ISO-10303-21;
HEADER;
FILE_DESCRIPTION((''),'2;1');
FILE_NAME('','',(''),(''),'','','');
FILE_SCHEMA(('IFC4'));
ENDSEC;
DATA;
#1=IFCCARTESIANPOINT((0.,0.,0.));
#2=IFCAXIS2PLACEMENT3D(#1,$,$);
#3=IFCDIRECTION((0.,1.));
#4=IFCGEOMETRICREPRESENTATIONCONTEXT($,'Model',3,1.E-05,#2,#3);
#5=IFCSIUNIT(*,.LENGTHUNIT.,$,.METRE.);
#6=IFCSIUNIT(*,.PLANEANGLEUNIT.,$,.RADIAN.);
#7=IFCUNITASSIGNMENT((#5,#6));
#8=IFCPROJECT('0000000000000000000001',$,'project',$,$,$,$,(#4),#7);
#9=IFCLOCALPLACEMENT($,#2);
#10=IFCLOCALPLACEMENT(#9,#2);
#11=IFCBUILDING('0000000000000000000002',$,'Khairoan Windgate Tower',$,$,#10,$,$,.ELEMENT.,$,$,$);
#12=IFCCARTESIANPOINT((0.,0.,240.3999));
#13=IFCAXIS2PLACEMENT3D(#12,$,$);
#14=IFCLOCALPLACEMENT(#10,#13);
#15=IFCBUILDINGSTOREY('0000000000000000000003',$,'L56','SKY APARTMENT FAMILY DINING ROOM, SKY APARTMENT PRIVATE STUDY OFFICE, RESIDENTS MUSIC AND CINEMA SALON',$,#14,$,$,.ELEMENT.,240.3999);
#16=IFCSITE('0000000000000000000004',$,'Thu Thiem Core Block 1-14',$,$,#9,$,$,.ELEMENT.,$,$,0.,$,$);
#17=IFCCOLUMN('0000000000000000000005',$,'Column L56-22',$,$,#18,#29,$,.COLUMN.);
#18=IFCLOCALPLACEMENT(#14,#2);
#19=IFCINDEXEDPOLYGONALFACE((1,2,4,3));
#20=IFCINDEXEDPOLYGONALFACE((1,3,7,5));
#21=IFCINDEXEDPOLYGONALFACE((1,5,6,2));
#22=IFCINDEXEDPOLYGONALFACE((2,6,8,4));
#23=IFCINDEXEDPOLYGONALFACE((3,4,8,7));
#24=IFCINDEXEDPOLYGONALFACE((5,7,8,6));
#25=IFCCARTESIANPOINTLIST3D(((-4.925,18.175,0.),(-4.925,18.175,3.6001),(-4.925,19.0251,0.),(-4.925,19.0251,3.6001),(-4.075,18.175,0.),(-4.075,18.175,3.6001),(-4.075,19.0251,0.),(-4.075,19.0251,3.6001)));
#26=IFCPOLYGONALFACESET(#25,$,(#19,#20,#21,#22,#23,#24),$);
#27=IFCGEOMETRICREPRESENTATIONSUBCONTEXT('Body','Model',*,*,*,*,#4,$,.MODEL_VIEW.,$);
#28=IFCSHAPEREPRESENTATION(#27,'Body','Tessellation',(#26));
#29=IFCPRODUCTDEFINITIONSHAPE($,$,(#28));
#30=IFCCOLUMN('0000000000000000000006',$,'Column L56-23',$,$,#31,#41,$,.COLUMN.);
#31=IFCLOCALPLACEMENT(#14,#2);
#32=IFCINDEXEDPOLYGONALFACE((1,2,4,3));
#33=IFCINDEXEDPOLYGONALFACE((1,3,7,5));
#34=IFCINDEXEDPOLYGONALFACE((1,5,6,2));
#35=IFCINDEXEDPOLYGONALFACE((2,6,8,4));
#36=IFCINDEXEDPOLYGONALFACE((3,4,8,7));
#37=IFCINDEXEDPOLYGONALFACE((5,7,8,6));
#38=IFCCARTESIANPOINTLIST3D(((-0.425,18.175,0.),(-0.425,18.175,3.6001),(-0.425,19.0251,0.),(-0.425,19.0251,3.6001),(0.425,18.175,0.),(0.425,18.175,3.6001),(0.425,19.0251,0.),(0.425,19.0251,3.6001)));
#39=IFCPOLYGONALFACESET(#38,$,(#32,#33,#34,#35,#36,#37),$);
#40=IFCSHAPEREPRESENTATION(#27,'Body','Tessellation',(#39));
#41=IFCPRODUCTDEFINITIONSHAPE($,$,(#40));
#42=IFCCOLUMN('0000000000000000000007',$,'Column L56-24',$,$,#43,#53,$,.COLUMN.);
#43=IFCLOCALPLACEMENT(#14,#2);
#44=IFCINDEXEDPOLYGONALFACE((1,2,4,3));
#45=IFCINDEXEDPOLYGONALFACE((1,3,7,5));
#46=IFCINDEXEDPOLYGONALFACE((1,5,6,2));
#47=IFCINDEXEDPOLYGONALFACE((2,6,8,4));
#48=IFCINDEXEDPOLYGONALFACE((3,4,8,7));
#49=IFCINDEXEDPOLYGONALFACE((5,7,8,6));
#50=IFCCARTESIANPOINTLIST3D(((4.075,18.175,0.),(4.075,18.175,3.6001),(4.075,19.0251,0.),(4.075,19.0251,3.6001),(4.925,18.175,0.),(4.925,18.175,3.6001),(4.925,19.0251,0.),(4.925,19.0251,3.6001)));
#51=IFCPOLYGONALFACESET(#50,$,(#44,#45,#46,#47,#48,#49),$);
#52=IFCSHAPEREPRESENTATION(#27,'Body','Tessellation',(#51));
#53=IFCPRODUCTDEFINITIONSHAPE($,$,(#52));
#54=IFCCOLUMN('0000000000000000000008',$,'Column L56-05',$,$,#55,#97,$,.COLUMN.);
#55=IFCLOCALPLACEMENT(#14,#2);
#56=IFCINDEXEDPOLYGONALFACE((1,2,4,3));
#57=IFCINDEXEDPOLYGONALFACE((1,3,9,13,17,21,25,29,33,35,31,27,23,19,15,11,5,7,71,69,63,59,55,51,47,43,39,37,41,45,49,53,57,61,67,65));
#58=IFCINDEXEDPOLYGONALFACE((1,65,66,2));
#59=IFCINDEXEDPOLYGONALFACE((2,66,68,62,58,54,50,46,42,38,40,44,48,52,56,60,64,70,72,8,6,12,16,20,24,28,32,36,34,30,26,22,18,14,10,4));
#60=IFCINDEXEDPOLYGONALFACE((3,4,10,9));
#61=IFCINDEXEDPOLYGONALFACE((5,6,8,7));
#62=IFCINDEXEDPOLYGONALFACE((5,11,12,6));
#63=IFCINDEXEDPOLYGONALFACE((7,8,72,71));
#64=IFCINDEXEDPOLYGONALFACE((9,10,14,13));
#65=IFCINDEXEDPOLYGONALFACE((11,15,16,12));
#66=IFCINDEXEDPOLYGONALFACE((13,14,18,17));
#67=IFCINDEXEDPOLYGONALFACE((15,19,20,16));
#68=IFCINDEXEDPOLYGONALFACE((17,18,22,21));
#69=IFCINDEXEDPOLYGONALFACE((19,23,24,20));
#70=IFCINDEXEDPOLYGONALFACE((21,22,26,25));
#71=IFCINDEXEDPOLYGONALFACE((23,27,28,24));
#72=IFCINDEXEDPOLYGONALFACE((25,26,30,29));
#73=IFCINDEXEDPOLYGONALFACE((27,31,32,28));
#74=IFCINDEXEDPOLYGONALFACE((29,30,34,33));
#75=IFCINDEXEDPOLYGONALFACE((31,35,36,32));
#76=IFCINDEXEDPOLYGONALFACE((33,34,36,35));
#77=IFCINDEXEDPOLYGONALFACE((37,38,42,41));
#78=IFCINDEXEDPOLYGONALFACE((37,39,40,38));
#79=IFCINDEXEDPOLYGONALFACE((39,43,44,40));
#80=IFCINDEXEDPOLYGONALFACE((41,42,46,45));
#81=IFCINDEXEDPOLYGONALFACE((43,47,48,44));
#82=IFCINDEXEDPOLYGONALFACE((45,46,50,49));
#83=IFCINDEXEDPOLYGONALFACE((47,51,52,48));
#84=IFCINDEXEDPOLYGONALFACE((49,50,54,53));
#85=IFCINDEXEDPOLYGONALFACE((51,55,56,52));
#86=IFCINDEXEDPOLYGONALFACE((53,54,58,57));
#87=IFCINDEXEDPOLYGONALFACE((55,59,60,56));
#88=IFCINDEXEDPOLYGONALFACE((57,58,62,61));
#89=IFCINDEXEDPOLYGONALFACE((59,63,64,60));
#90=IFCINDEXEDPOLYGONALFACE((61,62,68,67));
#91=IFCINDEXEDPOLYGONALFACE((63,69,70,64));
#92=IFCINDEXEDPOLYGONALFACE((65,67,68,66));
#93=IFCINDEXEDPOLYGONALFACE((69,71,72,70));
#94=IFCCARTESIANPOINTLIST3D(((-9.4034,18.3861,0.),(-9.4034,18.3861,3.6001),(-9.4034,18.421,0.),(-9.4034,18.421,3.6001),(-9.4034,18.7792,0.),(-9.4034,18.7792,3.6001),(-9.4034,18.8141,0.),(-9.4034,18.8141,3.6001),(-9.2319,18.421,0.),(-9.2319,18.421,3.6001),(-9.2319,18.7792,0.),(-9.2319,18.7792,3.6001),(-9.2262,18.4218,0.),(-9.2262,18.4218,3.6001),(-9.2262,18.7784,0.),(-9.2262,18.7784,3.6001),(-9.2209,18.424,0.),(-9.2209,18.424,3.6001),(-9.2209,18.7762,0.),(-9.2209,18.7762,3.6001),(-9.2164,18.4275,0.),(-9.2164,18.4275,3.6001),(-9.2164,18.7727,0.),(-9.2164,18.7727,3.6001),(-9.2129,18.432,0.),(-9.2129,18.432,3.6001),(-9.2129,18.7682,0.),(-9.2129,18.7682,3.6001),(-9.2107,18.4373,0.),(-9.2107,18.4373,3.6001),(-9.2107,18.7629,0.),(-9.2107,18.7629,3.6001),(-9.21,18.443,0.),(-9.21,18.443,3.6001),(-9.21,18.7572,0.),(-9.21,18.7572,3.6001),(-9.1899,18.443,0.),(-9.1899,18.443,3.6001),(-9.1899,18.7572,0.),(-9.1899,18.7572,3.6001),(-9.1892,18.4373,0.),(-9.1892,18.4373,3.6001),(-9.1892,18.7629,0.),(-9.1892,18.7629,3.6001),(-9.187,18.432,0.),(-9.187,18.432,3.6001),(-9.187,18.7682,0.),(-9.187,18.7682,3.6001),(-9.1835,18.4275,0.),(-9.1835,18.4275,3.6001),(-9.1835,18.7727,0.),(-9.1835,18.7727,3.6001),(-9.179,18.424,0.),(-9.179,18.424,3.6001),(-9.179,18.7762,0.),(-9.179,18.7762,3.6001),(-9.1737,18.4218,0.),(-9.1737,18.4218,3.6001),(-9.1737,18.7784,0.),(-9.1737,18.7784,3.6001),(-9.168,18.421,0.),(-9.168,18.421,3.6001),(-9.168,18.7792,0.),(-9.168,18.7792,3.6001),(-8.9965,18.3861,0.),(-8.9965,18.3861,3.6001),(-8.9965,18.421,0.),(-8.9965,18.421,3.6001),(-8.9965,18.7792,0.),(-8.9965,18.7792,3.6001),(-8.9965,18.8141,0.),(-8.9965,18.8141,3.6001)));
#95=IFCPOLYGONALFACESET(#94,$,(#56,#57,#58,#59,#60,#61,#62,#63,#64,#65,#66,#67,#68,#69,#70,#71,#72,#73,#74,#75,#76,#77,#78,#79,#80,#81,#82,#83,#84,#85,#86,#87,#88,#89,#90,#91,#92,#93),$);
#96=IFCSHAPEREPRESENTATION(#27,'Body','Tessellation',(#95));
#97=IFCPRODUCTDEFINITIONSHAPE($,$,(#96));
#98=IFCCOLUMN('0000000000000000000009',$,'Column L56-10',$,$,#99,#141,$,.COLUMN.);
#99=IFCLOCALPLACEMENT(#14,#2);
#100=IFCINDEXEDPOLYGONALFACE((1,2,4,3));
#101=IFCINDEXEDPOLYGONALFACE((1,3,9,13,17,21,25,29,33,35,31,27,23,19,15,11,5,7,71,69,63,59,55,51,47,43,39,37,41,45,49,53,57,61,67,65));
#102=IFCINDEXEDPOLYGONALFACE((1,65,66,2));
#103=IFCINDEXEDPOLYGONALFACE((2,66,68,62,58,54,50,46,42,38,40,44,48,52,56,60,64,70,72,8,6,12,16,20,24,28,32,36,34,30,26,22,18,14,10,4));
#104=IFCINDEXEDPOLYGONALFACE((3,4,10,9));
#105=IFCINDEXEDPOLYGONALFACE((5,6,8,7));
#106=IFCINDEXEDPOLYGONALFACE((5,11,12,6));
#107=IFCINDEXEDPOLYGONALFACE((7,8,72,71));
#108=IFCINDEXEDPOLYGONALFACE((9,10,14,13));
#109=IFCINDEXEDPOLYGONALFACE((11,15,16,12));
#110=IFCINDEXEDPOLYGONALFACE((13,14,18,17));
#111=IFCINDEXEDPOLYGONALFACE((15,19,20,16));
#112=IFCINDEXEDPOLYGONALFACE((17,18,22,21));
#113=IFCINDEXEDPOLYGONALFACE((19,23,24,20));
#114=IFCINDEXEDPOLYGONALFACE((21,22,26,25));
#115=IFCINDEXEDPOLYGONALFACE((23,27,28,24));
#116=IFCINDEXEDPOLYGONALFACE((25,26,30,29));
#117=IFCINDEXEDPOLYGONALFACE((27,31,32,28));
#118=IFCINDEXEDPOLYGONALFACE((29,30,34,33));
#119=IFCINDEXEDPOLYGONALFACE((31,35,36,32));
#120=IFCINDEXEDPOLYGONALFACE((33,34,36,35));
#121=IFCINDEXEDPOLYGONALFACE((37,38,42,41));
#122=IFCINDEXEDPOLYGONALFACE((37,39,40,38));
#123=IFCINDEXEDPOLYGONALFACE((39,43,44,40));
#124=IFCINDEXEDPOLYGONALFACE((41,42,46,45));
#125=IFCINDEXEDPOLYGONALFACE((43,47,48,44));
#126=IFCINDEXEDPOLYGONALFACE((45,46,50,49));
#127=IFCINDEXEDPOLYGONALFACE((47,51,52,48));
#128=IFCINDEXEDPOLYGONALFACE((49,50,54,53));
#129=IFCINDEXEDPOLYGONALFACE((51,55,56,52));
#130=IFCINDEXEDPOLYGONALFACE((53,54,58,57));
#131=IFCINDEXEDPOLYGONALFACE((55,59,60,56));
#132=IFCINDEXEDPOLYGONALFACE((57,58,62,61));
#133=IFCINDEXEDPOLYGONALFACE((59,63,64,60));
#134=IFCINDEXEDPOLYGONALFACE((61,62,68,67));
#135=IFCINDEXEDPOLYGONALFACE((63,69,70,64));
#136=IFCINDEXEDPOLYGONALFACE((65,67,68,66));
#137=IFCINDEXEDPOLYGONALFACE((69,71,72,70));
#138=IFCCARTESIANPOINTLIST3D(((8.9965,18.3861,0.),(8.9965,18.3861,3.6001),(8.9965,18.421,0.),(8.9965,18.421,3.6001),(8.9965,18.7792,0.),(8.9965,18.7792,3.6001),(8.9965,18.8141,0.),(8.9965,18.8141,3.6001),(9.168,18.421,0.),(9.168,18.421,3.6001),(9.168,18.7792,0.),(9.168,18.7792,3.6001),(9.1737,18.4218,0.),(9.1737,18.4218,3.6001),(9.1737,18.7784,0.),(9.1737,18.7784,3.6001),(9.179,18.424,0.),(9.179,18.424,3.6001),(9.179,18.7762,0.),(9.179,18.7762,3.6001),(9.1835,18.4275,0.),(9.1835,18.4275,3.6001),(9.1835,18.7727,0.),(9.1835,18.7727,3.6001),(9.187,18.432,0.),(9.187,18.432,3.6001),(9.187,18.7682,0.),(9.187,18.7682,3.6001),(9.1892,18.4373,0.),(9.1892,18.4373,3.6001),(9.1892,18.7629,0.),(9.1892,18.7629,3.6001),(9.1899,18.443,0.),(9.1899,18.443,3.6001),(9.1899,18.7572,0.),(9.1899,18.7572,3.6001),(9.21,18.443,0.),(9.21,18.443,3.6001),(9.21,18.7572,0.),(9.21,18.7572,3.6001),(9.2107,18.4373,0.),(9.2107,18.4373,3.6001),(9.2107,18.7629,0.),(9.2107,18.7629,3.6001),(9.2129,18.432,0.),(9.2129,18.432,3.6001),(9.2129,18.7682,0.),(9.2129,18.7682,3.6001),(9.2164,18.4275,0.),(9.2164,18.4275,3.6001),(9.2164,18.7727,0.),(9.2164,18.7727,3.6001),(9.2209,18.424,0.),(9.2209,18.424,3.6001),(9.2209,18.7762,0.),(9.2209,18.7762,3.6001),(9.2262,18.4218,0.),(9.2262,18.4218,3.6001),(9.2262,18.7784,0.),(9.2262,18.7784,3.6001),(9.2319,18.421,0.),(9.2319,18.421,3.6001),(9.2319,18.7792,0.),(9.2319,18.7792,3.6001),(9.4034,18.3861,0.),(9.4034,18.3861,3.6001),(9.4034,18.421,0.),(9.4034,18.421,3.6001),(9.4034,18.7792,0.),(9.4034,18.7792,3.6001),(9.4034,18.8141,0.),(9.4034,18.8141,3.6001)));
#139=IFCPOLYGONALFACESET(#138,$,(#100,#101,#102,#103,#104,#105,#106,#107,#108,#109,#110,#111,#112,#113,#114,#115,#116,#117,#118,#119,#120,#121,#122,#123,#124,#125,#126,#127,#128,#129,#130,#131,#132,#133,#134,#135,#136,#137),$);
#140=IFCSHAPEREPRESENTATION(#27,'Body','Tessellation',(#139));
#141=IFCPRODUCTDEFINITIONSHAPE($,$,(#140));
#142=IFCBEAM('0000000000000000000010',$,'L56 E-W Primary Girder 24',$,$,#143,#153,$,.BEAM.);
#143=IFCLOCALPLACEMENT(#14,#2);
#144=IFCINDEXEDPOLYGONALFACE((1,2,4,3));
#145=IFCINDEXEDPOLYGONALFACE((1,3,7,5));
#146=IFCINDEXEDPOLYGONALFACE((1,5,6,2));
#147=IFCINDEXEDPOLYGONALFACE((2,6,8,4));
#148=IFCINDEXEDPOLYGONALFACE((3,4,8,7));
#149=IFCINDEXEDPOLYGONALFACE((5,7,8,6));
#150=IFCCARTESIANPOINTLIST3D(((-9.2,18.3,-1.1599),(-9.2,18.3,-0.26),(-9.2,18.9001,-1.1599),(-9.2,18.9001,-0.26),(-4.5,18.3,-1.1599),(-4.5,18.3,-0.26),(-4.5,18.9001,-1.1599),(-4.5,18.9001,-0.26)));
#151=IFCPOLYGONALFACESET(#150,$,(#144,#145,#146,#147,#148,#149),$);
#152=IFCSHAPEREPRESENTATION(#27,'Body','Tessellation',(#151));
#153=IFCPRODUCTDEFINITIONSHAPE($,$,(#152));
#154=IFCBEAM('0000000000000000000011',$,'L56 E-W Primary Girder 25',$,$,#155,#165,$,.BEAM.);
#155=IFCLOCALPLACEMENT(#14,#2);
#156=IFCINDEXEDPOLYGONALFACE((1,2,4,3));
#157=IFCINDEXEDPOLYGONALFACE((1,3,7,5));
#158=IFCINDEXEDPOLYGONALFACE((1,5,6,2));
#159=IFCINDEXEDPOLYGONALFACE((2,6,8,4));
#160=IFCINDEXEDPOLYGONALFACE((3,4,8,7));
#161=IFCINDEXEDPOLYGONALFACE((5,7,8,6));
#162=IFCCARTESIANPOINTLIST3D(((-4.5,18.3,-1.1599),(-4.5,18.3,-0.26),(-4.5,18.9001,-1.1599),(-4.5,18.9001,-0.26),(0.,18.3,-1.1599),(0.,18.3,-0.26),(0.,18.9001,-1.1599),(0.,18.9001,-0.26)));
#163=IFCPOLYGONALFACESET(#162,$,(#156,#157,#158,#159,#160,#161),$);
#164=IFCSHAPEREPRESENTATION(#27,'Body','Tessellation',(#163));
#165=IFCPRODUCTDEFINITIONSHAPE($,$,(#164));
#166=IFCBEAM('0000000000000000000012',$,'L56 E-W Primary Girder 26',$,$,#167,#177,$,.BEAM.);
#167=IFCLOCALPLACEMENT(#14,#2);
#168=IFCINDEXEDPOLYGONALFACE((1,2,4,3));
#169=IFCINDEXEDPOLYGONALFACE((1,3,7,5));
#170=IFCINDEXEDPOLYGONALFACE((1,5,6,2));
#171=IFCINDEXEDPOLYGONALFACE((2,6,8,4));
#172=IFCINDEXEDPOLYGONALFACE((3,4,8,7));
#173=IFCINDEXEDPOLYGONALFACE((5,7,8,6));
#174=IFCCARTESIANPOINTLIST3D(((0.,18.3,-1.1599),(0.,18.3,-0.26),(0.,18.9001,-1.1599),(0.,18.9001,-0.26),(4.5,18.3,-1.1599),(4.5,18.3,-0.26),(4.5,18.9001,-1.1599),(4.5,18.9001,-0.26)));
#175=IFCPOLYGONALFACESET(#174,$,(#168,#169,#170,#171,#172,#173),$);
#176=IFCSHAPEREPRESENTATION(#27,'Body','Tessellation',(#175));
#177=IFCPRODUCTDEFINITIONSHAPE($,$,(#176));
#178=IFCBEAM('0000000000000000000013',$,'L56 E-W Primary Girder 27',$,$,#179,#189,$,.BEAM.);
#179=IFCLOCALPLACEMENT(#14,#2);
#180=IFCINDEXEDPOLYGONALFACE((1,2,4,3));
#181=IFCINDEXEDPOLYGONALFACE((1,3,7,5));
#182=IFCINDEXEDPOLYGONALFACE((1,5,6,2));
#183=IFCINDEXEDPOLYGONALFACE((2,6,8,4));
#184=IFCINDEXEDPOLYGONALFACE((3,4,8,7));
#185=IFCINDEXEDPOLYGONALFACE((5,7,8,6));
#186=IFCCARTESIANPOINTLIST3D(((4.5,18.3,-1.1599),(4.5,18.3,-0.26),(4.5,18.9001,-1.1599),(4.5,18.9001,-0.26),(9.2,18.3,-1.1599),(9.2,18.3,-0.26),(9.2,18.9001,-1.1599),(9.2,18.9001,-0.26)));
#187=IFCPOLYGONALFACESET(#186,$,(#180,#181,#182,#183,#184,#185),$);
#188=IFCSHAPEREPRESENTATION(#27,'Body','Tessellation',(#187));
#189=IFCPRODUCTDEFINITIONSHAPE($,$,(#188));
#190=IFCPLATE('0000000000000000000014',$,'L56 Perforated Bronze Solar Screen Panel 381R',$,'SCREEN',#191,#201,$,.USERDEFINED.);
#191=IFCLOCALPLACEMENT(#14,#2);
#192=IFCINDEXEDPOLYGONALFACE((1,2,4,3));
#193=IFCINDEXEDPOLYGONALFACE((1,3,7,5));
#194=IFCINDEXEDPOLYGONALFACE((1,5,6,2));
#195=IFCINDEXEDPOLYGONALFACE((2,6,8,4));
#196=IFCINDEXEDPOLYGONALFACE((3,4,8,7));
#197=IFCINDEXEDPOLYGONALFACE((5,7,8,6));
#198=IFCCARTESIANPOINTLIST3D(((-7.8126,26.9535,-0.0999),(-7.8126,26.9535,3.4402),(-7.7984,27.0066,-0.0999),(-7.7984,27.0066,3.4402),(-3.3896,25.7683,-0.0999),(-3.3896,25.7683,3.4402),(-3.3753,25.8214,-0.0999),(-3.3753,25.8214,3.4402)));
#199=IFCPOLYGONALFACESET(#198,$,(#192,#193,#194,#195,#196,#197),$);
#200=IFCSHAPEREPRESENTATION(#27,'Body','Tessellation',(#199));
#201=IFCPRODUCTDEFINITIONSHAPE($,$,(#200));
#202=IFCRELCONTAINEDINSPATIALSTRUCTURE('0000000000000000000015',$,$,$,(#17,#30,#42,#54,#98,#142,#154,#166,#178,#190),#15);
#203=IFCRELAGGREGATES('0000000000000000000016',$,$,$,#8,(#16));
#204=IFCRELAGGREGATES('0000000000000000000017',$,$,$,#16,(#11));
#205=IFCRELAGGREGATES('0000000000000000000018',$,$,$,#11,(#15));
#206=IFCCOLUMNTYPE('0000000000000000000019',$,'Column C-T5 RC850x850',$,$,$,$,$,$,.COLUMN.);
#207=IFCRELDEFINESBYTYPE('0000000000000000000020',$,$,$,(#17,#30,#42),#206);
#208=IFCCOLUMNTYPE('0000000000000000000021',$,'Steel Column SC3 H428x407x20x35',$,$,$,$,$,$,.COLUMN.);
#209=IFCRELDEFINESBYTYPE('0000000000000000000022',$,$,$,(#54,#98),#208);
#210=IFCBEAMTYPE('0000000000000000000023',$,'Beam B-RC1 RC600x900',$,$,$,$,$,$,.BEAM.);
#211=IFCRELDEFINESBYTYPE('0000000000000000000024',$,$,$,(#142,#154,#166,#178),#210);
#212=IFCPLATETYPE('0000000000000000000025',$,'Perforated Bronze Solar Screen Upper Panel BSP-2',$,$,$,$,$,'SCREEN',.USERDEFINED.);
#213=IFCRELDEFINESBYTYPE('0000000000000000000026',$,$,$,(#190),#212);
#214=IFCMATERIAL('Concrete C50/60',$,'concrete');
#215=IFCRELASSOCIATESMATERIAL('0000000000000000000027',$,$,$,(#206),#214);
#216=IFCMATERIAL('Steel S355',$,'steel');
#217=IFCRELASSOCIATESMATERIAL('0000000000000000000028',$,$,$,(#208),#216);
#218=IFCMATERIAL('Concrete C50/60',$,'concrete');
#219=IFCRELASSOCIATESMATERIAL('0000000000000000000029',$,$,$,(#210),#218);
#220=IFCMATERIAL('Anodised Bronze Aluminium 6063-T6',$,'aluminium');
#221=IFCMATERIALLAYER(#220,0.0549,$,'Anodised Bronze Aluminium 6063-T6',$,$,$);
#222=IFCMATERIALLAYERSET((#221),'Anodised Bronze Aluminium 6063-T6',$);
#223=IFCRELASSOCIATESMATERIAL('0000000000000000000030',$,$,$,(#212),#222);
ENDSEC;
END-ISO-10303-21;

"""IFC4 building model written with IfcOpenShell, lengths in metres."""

from ifc_helpers import new_model, si_unit, direction, frame, origin, origin_2d, place, context, subcontext, project, spatial, rectangle, i_section, extrude, material, layer, layer_set, material_profile, profile_set, type_object, element, save


model = new_model("IFC4")

# Units and contexts
model_context = context("Model", 3, precision=1e-05, world=origin(), true_north=direction((0.0, 1.0)))
body_context = subcontext(model_context, "Body", "Model", "MODEL_VIEW")
ifc_project = project(units=[si_unit("LENGTHUNIT", "METRE"), si_unit("PLANEANGLEUNIT", "RADIAN")], contexts=[model_context])

# Site, building, storey
site_placement = place(None, origin())
site = spatial("IfcSite", under=ifc_project, at=site_placement, Name="Thu Thiem Core Block 1-14", CompositionType="ELEMENT", RefElevation=0.0)
building_placement = place(site_placement, origin())
building = spatial("IfcBuilding", under=site, at=building_placement, Name="Khairoan Windgate Tower", CompositionType="ELEMENT")
storey_placement = place(building_placement, frame((0.0, 0.0, 240.3999)))
storey = spatial("IfcBuildingStorey", under=building, at=storey_placement, Name="L56", Description="SKY APARTMENT FAMILY DINING ROOM, SKY APARTMENT PRIVATE STUDY OFFICE, RESIDENTS MUSIC AND CINEMA SALON", CompositionType="ELEMENT", Elevation=240.3999)

# Columns
ifc_material_1 = material(Name="Concrete C50/60", Category="concrete")
ifc_material_profile_1 = material_profile(ifc_material_1, rectangle(XDim=0.8501, YDim=0.8501, at=origin_2d()))
ifc_profile_set_1 = profile_set([ifc_material_profile_1], Name="Concrete C50/60")
column_type_1 = type_object("IfcColumnType", Name="Column C-T5 RC850x850", PredefinedType="COLUMN", material=ifc_profile_set_1)
for number, where, z_axis, x_axis, name in (
    (1, (-4.5, 18.6001, 0.0), (0.0, 0.0, 1.0), (1.0, 0.0, 0.0), "Column L56-22"),
    (2, (0.0, 18.6001, 0.0), (0.0, 0.0, 1.0), (1.0, 0.0, 0.0), "Column L56-23"),
    (3, (4.5, 18.6001, 0.0), (0.0, 0.0, 1.0), (1.0, 0.0, 0.0), "Column L56-24"),
):
    element("IfcColumn", number, at=place(storey_placement, frame(where, z_axis=z_axis, x_axis=x_axis)), inside=storey, type_object=column_type_1, Name=name, PredefinedType="COLUMN", context=body_context, shape_type="SweptSolid", body=[
        extrude(rectangle(XDim=0.8501, YDim=0.8501, at=origin_2d()), origin(), (0.0, 0.0, 1.0), 3.6001),
    ])
ifc_material_2 = material(Name="Steel S355", Category="steel")
ifc_material_profile_2 = material_profile(ifc_material_2, i_section(OverallWidth=0.407, OverallDepth=0.428, WebThickness=0.02, FlangeThickness=0.0349, FilletRadius=0.022, at=origin_2d()))
ifc_profile_set_2 = profile_set([ifc_material_profile_2], Name="Steel S355")
column_type_2 = type_object("IfcColumnType", Name="Steel Column SC3 H428x407x20x35", PredefinedType="COLUMN", material=ifc_profile_set_2)
for number, where, z_axis, x_axis, name in (
    (4, (-9.2, 18.6001, 0.0), (0.0, 0.0, 1.0), (1.0, 0.0, 0.0), "Column L56-05"),
    (5, (9.2, 18.6001, 0.0), (0.0, 0.0, 1.0), (1.0, 0.0, 0.0), "Column L56-10"),
):
    element("IfcColumn", number, at=place(storey_placement, frame(where, z_axis=z_axis, x_axis=x_axis)), inside=storey, type_object=column_type_2, Name=name, PredefinedType="COLUMN", context=body_context, shape_type="SweptSolid", body=[
        extrude(i_section(OverallWidth=0.407, OverallDepth=0.428, WebThickness=0.02, FlangeThickness=0.0349, FilletRadius=0.022, at=origin_2d()), origin(), (0.0, 0.0, 1.0), 3.6001),
    ])

# Beams
ifc_material_3 = material(Name="Concrete C50/60", Category="concrete")
ifc_material_profile_3 = material_profile(ifc_material_3, rectangle(XDim=0.6001, YDim=0.8999, at=origin_2d()))
ifc_profile_set_3 = profile_set([ifc_material_profile_3], Name="Concrete C50/60")
beam_type = type_object("IfcBeamType", Name="Beam B-RC1 RC600x900", PredefinedType="BEAM", material=ifc_profile_set_3)
beam_1_placement = place(storey_placement, frame((-9.2, 18.6001, -0.71), z_axis=(1.0, 0.0, 0.0), x_axis=(0.0, 1.0, 0.0)))
element("IfcBeam", 6, at=beam_1_placement, inside=storey, type_object=beam_type, Name="L56 E-W Primary Girder 24", PredefinedType="BEAM", context=body_context, shape_type="SweptSolid", body=[
    extrude(rectangle(XDim=0.6001, YDim=0.8999, at=origin_2d()), origin(), (0.0, 0.0, 1.0), 4.7),
])
for number, where, z_axis, x_axis, name in (
    (7, (-4.5, 18.6001, -0.71), (1.0, 0.0, 0.0), (0.0, 1.0, 0.0), "L56 E-W Primary Girder 25"),
    (8, (0.0, 18.6001, -0.71), (1.0, 0.0, 0.0), (0.0, 1.0, 0.0), "L56 E-W Primary Girder 26"),
):
    element("IfcBeam", number, at=place(storey_placement, frame(where, z_axis=z_axis, x_axis=x_axis)), inside=storey, type_object=beam_type, Name=name, PredefinedType="BEAM", context=body_context, shape_type="SweptSolid", body=[
        extrude(rectangle(XDim=0.6001, YDim=0.8999, at=origin_2d()), origin(), (0.0, 0.0, 1.0), 4.5),
    ])
beam_2_placement = place(storey_placement, frame((4.5, 18.6001, -0.71), z_axis=(1.0, 0.0, 0.0), x_axis=(0.0, 1.0, 0.0)))
element("IfcBeam", 9, at=beam_2_placement, inside=storey, type_object=beam_type, Name="L56 E-W Primary Girder 27", PredefinedType="BEAM", context=body_context, shape_type="SweptSolid", body=[
    extrude(rectangle(XDim=0.6001, YDim=0.8999, at=origin_2d()), origin(), (0.0, 0.0, 1.0), 4.7),
])

# Plate
ifc_material_4 = material(Name="Anodised Bronze Aluminium 6063-T6", Category="aluminium")
ifc_layer_1 = layer(ifc_material_4, 0.0549, Name="Anodised Bronze Aluminium 6063-T6")
ifc_layer_set_1 = layer_set([ifc_layer_1], Name="Anodised Bronze Aluminium 6063-T6")
plate_type = type_object("IfcPlateType", Name="Perforated Bronze Solar Screen Upper Panel BSP-2", ElementType="SCREEN", PredefinedType="USERDEFINED", material=ifc_layer_set_1)
plate_placement = place(storey_placement, frame((-5.594, 26.3875, -0.0999), z_axis=(0.0, 0.0, 1.0), x_axis=(0.965926, -0.258819, 0.0)))
element("IfcPlate", 10, at=plate_placement, inside=storey, type_object=plate_type, Name="L56 Perforated Bronze Solar Screen Panel 381R", ObjectType="SCREEN", PredefinedType="USERDEFINED", context=body_context, shape_type="SweptSolid", body=[
    extrude(rectangle(XDim=4.5791, YDim=0.0549, at=origin_2d()), origin(), (0.0, 0.0, 1.0), 3.54),
])

save(model, "model.ifc")
